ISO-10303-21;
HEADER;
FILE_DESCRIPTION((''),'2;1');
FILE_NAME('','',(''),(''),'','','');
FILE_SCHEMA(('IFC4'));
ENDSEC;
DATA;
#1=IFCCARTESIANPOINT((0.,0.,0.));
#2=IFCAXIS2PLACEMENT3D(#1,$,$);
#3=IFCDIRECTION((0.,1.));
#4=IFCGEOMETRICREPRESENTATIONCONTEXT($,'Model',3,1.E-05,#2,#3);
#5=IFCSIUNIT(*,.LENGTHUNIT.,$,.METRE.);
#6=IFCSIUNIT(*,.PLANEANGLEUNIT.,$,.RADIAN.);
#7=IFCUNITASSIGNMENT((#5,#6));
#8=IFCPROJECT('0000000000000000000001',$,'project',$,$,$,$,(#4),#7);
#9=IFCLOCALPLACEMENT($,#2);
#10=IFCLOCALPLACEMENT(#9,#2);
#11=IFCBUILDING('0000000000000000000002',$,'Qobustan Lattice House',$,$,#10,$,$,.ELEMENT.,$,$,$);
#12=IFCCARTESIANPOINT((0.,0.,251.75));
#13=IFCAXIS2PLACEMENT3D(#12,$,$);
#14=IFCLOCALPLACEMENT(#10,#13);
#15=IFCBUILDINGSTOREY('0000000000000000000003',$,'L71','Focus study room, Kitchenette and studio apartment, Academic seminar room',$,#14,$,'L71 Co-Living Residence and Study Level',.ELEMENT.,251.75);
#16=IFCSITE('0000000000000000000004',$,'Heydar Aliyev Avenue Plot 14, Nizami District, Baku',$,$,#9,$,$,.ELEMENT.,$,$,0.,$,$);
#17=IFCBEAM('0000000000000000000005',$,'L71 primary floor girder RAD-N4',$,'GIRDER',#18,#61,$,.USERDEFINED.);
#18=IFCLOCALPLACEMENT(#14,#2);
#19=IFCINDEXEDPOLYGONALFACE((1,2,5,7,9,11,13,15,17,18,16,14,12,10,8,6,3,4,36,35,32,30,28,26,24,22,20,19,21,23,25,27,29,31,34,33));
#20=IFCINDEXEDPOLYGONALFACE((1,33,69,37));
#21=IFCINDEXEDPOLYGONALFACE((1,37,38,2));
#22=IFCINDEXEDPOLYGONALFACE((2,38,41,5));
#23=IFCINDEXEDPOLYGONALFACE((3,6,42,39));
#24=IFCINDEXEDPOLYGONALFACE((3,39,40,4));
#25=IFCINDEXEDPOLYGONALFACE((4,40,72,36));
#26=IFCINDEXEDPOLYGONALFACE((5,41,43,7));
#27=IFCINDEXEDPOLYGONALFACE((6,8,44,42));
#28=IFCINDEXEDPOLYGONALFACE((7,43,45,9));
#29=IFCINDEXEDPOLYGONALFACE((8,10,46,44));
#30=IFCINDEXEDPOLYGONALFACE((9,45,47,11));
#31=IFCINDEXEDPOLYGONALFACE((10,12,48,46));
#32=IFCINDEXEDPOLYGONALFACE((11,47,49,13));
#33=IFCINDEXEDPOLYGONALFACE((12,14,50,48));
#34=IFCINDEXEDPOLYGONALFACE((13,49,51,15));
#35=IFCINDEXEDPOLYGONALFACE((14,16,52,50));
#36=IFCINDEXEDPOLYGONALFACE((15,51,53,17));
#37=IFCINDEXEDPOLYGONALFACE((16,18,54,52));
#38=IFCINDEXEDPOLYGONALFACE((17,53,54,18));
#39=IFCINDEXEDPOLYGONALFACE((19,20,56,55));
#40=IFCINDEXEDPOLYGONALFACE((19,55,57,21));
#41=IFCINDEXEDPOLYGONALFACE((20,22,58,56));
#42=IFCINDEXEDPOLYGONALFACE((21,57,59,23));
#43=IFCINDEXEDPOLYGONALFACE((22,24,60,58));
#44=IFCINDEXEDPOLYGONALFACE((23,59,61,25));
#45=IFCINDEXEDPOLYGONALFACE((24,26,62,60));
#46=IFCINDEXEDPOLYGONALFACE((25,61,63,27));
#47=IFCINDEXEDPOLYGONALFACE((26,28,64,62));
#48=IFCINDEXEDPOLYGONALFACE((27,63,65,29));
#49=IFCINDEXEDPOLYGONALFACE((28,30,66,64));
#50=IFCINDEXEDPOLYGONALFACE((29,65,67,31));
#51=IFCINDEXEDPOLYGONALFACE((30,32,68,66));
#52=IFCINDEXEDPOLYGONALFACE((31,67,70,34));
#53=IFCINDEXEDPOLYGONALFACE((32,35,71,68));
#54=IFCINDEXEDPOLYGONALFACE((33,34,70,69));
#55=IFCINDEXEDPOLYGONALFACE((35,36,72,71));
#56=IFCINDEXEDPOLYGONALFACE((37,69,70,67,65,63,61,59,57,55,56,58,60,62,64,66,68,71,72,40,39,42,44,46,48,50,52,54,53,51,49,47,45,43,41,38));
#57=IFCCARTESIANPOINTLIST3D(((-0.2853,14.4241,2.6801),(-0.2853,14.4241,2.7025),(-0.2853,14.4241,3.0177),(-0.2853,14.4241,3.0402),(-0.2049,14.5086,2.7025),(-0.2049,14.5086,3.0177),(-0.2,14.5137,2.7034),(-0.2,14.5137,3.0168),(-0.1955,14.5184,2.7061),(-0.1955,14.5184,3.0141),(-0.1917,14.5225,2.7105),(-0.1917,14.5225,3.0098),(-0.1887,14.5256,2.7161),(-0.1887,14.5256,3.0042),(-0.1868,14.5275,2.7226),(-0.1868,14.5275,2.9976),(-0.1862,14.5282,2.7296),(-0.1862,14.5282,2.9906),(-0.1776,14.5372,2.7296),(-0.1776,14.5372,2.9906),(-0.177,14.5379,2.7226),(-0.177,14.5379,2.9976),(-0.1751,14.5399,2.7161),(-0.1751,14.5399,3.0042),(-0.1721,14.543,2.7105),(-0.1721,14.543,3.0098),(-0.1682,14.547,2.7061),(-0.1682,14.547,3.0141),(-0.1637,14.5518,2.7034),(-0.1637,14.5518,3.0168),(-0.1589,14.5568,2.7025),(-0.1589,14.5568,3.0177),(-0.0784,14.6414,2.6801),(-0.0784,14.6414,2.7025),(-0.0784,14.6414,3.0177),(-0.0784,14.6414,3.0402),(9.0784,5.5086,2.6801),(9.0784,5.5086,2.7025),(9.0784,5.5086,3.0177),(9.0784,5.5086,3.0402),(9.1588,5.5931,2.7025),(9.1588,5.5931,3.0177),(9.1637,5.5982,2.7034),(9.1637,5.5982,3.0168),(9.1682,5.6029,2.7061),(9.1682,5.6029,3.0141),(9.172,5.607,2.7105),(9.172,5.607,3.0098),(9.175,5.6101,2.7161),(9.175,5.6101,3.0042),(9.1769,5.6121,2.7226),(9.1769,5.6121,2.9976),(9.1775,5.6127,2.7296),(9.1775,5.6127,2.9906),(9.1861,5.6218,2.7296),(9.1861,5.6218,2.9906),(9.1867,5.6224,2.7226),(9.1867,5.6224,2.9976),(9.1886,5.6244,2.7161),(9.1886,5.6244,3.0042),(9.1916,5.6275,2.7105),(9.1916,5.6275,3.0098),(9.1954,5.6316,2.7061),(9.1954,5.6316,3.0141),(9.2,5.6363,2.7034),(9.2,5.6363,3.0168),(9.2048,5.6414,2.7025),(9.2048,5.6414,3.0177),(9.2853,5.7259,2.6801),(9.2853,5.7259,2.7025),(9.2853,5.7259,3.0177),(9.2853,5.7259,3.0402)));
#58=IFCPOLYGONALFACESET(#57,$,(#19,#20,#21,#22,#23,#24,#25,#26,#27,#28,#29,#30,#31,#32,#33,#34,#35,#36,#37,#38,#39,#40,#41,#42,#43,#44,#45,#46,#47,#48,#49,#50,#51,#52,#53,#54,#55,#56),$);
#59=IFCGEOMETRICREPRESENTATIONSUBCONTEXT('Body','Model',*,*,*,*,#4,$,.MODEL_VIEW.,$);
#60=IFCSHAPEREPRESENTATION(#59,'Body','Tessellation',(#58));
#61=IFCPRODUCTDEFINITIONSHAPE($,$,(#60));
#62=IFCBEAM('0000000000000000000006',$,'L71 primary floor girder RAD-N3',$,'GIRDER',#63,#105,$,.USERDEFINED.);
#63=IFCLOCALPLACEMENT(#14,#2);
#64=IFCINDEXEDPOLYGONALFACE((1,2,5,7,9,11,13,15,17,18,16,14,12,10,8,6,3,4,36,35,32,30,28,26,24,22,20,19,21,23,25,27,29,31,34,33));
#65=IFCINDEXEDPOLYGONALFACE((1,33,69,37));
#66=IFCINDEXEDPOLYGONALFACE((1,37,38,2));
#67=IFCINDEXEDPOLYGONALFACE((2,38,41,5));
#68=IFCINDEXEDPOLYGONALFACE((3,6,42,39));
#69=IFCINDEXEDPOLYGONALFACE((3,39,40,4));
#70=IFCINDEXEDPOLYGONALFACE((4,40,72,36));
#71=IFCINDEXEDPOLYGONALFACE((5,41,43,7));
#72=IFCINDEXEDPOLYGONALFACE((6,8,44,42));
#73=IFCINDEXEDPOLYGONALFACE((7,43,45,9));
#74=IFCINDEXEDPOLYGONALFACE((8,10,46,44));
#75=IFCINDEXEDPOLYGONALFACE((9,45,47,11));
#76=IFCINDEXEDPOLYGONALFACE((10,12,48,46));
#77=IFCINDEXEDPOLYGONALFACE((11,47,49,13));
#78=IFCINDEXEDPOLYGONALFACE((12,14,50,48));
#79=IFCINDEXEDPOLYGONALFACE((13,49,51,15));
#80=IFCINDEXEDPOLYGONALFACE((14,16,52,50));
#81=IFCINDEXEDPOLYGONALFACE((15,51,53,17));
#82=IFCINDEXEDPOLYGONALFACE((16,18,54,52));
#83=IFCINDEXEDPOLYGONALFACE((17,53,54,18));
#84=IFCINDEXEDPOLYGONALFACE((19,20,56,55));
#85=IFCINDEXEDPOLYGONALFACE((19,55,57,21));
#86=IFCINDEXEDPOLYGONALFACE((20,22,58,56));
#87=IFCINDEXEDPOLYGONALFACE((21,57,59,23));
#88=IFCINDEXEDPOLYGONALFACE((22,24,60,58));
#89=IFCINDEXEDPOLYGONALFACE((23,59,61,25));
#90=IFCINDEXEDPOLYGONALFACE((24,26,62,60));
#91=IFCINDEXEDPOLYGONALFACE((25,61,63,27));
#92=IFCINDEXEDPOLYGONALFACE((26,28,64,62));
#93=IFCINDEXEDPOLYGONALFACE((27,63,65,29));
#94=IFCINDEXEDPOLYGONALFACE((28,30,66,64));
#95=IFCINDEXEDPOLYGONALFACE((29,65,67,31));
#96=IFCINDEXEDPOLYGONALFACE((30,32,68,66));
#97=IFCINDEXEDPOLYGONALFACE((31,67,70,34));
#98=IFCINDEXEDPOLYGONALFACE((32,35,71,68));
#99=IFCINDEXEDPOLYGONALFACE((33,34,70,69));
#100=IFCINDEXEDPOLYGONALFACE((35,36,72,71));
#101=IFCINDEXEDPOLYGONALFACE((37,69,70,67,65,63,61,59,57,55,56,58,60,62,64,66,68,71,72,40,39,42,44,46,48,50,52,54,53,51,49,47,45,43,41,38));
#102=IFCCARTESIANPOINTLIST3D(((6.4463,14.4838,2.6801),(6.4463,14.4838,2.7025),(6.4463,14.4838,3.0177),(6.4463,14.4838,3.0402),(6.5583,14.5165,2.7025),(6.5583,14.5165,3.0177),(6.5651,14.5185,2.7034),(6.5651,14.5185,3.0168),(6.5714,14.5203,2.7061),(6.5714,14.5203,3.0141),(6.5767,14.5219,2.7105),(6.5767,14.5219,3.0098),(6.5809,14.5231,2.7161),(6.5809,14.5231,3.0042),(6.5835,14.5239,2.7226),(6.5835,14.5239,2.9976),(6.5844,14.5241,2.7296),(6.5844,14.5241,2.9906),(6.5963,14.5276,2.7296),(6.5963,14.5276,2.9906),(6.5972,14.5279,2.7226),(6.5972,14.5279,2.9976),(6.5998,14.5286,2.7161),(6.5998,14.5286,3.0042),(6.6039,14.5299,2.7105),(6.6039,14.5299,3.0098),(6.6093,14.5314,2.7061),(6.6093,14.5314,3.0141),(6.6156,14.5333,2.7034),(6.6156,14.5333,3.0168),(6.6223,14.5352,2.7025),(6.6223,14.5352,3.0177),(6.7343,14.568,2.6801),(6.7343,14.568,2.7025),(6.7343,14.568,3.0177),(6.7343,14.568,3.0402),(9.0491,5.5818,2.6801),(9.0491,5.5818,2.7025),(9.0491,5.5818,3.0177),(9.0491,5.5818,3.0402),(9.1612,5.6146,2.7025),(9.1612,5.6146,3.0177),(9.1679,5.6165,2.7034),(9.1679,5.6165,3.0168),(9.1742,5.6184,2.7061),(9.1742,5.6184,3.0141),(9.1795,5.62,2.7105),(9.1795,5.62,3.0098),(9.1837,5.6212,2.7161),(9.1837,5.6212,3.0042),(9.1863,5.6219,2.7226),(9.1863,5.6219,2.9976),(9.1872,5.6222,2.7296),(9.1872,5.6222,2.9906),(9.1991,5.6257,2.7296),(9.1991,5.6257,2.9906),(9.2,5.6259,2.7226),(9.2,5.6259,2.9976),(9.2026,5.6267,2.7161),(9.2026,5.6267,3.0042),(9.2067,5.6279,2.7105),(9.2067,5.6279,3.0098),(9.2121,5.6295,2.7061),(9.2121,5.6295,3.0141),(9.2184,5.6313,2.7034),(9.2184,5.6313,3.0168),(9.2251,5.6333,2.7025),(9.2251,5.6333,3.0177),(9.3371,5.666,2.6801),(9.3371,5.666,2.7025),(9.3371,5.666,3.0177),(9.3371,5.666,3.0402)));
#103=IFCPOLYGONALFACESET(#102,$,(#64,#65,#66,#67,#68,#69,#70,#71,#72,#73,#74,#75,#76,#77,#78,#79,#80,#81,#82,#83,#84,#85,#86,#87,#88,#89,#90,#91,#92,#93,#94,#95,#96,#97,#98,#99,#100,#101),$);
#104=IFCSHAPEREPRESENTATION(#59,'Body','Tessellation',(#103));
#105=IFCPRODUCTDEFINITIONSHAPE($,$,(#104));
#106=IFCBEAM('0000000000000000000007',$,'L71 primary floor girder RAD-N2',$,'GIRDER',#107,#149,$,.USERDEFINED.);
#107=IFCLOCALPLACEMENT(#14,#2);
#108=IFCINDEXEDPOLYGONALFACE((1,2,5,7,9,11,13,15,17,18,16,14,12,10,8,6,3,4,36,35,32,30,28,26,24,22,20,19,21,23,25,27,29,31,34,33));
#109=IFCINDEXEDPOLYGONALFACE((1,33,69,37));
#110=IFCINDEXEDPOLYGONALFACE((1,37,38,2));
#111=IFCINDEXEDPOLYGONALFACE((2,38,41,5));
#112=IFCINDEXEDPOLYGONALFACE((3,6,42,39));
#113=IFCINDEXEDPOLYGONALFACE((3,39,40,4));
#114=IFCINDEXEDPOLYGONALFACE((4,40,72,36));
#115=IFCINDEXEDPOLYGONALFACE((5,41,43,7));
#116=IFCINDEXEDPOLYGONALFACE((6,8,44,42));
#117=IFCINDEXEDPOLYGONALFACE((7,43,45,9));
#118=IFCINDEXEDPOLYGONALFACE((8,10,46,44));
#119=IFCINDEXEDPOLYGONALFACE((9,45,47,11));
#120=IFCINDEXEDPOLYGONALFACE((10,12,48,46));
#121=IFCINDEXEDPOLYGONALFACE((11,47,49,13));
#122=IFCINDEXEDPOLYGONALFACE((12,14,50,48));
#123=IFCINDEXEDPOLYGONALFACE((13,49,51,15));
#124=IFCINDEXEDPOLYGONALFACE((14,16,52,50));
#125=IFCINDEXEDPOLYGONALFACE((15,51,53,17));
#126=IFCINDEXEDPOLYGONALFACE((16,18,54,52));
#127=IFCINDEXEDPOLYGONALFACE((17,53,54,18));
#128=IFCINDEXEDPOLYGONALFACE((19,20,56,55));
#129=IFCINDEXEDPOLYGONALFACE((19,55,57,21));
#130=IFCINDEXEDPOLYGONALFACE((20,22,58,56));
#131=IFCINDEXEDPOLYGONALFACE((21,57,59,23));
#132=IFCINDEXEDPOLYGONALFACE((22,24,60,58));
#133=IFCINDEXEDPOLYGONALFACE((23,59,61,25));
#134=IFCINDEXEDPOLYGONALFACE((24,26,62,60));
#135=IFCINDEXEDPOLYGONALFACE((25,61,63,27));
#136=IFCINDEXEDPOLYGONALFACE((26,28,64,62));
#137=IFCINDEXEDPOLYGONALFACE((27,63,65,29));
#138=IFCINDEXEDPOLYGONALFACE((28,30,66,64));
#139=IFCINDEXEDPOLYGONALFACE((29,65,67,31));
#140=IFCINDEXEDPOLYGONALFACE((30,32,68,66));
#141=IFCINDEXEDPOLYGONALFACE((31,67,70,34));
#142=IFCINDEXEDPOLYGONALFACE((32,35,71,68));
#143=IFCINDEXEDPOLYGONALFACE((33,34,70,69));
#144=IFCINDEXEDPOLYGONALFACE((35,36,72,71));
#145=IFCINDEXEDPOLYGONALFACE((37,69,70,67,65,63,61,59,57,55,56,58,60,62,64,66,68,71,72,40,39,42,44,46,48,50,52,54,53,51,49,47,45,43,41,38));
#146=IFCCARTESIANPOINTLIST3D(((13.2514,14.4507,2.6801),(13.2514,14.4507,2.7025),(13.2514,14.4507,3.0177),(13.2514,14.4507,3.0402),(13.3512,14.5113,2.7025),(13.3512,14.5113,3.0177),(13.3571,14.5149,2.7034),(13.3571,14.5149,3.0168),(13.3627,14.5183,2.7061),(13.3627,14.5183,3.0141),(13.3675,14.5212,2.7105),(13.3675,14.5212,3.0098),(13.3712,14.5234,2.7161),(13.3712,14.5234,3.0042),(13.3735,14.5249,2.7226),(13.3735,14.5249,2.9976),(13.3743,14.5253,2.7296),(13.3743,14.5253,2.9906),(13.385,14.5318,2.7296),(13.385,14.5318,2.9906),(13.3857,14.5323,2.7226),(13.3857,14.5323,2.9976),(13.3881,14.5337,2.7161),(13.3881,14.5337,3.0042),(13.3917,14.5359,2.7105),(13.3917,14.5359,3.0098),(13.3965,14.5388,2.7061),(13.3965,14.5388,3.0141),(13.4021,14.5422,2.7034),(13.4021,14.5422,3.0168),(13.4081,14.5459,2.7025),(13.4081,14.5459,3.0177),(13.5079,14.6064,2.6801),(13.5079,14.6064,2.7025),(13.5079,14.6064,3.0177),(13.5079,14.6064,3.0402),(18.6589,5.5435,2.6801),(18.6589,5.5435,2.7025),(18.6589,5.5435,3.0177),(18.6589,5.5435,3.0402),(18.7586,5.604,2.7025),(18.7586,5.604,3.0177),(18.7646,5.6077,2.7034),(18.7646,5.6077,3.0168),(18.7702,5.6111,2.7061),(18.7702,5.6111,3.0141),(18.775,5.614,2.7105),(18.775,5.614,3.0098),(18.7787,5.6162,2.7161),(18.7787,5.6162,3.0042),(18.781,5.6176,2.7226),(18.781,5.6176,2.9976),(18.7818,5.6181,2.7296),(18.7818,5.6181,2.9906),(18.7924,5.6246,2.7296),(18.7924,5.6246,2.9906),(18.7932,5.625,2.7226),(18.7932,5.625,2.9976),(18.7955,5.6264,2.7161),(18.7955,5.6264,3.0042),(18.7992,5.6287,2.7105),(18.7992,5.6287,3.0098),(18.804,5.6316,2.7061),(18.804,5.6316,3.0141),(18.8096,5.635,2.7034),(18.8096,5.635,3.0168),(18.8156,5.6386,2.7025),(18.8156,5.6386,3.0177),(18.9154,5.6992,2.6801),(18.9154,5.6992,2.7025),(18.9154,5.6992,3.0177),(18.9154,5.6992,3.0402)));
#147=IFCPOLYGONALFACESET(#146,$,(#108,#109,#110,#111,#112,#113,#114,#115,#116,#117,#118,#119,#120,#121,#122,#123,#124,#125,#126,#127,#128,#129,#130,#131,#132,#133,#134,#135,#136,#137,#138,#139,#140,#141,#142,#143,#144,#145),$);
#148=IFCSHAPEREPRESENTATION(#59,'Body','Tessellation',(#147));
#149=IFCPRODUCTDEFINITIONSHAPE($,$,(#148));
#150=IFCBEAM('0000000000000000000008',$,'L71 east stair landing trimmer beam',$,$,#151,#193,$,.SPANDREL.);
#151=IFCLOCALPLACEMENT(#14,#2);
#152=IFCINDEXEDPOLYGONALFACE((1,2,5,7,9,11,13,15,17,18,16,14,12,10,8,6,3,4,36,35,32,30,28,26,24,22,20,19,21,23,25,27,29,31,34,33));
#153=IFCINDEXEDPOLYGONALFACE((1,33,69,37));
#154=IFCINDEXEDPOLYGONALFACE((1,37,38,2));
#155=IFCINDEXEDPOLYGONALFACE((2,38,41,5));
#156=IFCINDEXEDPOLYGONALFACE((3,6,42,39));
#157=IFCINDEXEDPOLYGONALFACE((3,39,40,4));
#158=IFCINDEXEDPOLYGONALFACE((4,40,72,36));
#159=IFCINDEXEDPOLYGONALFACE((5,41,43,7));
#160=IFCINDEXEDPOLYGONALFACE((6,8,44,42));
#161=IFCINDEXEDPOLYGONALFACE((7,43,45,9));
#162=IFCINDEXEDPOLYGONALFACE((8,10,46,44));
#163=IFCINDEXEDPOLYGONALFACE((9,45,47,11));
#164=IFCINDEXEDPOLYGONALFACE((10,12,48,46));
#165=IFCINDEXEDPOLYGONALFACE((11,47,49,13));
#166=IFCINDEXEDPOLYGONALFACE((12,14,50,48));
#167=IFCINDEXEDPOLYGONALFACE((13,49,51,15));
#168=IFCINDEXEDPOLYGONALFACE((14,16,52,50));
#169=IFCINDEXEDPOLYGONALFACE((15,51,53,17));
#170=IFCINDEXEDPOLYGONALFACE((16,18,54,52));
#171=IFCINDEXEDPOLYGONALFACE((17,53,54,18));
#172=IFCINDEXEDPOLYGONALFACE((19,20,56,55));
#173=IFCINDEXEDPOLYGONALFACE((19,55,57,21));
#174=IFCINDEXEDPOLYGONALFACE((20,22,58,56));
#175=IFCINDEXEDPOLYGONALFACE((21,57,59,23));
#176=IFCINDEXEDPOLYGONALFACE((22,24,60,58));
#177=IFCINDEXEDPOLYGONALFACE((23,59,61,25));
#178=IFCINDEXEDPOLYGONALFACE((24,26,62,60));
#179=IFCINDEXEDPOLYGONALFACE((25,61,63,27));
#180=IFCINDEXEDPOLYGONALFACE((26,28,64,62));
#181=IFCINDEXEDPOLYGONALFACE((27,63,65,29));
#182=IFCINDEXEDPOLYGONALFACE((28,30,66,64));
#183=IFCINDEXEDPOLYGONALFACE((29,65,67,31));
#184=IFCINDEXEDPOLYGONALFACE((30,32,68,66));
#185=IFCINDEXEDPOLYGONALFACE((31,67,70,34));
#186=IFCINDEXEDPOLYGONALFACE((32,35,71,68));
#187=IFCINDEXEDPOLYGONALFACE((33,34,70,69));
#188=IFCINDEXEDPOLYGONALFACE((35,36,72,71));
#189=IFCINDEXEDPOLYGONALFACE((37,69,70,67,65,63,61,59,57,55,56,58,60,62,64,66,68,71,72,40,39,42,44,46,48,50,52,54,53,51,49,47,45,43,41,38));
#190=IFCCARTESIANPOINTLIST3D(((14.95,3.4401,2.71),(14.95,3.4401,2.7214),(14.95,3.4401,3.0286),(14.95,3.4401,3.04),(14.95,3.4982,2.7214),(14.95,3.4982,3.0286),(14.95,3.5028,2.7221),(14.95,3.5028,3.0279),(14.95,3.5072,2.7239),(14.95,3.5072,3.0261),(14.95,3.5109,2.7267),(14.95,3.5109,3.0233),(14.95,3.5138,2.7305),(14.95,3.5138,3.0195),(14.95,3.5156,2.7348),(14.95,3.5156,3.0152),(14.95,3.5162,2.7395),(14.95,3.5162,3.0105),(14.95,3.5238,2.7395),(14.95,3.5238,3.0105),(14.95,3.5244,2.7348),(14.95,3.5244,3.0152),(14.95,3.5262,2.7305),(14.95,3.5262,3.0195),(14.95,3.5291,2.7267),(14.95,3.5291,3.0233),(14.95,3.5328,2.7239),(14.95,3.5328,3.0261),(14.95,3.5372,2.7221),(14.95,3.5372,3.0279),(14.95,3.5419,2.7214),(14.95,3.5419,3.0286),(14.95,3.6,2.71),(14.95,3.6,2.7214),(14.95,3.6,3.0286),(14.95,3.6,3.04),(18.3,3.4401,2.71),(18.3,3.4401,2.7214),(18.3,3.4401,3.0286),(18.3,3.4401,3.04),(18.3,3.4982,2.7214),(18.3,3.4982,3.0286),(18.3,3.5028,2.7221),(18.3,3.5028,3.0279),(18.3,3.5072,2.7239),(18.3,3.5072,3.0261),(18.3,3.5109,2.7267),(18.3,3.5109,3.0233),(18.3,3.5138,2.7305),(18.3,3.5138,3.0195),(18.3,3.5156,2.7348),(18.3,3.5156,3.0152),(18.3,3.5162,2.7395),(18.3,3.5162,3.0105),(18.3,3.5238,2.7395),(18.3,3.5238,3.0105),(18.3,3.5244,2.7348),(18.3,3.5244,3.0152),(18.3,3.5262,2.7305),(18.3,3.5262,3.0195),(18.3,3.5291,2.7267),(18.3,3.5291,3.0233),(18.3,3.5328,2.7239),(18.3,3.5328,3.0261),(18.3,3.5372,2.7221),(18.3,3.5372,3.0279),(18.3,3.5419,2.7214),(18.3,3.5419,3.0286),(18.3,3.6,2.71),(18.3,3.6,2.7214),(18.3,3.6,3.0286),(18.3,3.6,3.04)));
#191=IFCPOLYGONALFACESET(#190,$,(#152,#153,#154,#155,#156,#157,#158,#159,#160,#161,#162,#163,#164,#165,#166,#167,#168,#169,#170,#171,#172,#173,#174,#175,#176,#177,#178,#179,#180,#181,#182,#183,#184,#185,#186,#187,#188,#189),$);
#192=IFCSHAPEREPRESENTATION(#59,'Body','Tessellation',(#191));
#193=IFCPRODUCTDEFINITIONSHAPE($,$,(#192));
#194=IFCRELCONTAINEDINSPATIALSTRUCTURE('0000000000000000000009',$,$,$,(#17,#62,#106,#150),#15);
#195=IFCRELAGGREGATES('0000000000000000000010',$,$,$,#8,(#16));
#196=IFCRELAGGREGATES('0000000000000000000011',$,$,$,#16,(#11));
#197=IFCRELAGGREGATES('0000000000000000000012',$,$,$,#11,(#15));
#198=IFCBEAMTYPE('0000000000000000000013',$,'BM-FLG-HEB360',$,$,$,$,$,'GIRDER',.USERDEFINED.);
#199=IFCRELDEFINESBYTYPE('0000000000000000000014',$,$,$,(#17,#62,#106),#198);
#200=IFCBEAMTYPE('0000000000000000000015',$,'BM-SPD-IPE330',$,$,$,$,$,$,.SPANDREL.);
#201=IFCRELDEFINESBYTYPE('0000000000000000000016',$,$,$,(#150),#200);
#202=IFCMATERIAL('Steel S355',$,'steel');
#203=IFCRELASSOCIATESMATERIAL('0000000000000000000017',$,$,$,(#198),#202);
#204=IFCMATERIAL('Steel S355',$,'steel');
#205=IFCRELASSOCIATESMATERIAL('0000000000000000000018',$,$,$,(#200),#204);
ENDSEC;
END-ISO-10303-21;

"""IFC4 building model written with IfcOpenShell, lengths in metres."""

from ifc_helpers import new_model, si_unit, direction, frame, origin, origin_2d, place, context, subcontext, project, spatial, i_section, extrude, material, material_profile, profile_set, type_object, element, save


model = new_model("IFC4")

# Units and contexts
model_context = context("Model", 3, precision=1e-05, world=origin(), true_north=direction((0.0, 1.0)))
body_context = subcontext(model_context, "Body", "Model", "MODEL_VIEW")
ifc_project = project(units=[si_unit("LENGTHUNIT", "METRE"), si_unit("PLANEANGLEUNIT", "RADIAN")], contexts=[model_context])

# Site, building, storey
site_placement = place(None, origin())
site = spatial("IfcSite", under=ifc_project, at=site_placement, Name="Heydar Aliyev Avenue Plot 14, Nizami District, Baku", CompositionType="ELEMENT", RefElevation=0.0)
building_placement = place(site_placement, origin())
building = spatial("IfcBuilding", under=site, at=building_placement, Name="Qobustan Lattice House", CompositionType="ELEMENT")
storey_placement = place(building_placement, frame((0.0, 0.0, 251.75)))
storey = spatial("IfcBuildingStorey", under=building, at=storey_placement, Name="L71", Description="Focus study room, Kitchenette and studio apartment, Academic seminar room", LongName="L71 Co-Living Residence and Study Level", CompositionType="ELEMENT", Elevation=251.75)

# Beams
ifc_material_1 = material(Name="Steel S355", Category="steel")
ifc_material_profile_1 = material_profile(ifc_material_1, i_section(OverallWidth=0.3, OverallDepth=0.3601, WebThickness=0.0125, FlangeThickness=0.0225, FilletRadius=0.0271, at=origin_2d()), Name="HEB360")
ifc_profile_set_1 = profile_set([ifc_material_profile_1], Name="Steel S355")
beam_type_1 = type_object("IfcBeamType", Name="BM-FLG-HEB360", ElementType="GIRDER", PredefinedType="USERDEFINED", material=ifc_profile_set_1)
beam_1_placement = place(storey_placement, frame((-0.1819, 14.5327, 2.8601), z_axis=(0.724229, -0.68956, 0.0), x_axis=(0.68956, 0.724229, 0.0)))
element("IfcBeam", 1, at=beam_1_placement, inside=storey, type_object=beam_type_1, Name="L71 primary floor girder RAD-N4", ObjectType="GIRDER", PredefinedType="USERDEFINED", context=body_context, shape_type="SweptSolid", body=[
    extrude(i_section(OverallWidth=0.3, OverallDepth=0.3601, WebThickness=0.0125, FlangeThickness=0.0225, FilletRadius=0.0271, at=origin_2d()), origin(), (0.0, 0.0, 1.0), 12.9292),
])
beam_2_placement = place(storey_placement, frame((6.5903, 14.5259, 2.8601), z_axis=(0.280637, -0.959814, 0.0), x_axis=(0.959814, 0.280637, 0.0)))
element("IfcBeam", 2, at=beam_2_placement, inside=storey, type_object=beam_type_1, Name="L71 primary floor girder RAD-N3", ObjectType="GIRDER", PredefinedType="USERDEFINED", context=body_context, shape_type="SweptSolid", body=[
    extrude(i_section(OverallWidth=0.3, OverallDepth=0.3601, WebThickness=0.0125, FlangeThickness=0.0225, FilletRadius=0.0271, at=origin_2d()), origin(), (0.0, 0.0, 1.0), 9.2747),
])
beam_3_placement = place(storey_placement, frame((13.3796, 14.5286, 2.8601), z_axis=(0.518944, -0.854808, 0.0), x_axis=(0.854808, 0.518944, 0.0)))
element("IfcBeam", 3, at=beam_3_placement, inside=storey, type_object=beam_type_1, Name="L71 primary floor girder RAD-N2", ObjectType="GIRDER", PredefinedType="USERDEFINED", context=body_context, shape_type="SweptSolid", body=[
    extrude(i_section(OverallWidth=0.3, OverallDepth=0.3601, WebThickness=0.0125, FlangeThickness=0.0225, FilletRadius=0.0271, at=origin_2d()), origin(), (0.0, 0.0, 1.0), 10.4202),
])
ifc_material_2 = material(Name="Steel S355", Category="steel")
ifc_material_profile_2 = material_profile(ifc_material_2, i_section(OverallWidth=0.1599, OverallDepth=0.3301, WebThickness=0.0076, FlangeThickness=0.0115, FilletRadius=0.0181, at=origin_2d()), Name="IPE330")
ifc_profile_set_2 = profile_set([ifc_material_profile_2], Name="Steel S355")
beam_type_2 = type_object("IfcBeamType", Name="BM-SPD-IPE330", PredefinedType="SPANDREL", material=ifc_profile_set_2)
beam_4_placement = place(storey_placement, frame((14.95, 3.52, 2.875), z_axis=(1.0, 0.0, 0.0), x_axis=(0.0, 1.0, 0.0)))
element("IfcBeam", 4, at=beam_4_placement, inside=storey, type_object=beam_type_2, Name="L71 east stair landing trimmer beam", PredefinedType="SPANDREL", context=body_context, shape_type="SweptSolid", body=[
    extrude(i_section(OverallWidth=0.1599, OverallDepth=0.3301, WebThickness=0.0076, FlangeThickness=0.0115, FilletRadius=0.0181, at=origin_2d()), origin(), (0.0, 0.0, 1.0), 3.3501),
])

save(model, "model.ifc")
